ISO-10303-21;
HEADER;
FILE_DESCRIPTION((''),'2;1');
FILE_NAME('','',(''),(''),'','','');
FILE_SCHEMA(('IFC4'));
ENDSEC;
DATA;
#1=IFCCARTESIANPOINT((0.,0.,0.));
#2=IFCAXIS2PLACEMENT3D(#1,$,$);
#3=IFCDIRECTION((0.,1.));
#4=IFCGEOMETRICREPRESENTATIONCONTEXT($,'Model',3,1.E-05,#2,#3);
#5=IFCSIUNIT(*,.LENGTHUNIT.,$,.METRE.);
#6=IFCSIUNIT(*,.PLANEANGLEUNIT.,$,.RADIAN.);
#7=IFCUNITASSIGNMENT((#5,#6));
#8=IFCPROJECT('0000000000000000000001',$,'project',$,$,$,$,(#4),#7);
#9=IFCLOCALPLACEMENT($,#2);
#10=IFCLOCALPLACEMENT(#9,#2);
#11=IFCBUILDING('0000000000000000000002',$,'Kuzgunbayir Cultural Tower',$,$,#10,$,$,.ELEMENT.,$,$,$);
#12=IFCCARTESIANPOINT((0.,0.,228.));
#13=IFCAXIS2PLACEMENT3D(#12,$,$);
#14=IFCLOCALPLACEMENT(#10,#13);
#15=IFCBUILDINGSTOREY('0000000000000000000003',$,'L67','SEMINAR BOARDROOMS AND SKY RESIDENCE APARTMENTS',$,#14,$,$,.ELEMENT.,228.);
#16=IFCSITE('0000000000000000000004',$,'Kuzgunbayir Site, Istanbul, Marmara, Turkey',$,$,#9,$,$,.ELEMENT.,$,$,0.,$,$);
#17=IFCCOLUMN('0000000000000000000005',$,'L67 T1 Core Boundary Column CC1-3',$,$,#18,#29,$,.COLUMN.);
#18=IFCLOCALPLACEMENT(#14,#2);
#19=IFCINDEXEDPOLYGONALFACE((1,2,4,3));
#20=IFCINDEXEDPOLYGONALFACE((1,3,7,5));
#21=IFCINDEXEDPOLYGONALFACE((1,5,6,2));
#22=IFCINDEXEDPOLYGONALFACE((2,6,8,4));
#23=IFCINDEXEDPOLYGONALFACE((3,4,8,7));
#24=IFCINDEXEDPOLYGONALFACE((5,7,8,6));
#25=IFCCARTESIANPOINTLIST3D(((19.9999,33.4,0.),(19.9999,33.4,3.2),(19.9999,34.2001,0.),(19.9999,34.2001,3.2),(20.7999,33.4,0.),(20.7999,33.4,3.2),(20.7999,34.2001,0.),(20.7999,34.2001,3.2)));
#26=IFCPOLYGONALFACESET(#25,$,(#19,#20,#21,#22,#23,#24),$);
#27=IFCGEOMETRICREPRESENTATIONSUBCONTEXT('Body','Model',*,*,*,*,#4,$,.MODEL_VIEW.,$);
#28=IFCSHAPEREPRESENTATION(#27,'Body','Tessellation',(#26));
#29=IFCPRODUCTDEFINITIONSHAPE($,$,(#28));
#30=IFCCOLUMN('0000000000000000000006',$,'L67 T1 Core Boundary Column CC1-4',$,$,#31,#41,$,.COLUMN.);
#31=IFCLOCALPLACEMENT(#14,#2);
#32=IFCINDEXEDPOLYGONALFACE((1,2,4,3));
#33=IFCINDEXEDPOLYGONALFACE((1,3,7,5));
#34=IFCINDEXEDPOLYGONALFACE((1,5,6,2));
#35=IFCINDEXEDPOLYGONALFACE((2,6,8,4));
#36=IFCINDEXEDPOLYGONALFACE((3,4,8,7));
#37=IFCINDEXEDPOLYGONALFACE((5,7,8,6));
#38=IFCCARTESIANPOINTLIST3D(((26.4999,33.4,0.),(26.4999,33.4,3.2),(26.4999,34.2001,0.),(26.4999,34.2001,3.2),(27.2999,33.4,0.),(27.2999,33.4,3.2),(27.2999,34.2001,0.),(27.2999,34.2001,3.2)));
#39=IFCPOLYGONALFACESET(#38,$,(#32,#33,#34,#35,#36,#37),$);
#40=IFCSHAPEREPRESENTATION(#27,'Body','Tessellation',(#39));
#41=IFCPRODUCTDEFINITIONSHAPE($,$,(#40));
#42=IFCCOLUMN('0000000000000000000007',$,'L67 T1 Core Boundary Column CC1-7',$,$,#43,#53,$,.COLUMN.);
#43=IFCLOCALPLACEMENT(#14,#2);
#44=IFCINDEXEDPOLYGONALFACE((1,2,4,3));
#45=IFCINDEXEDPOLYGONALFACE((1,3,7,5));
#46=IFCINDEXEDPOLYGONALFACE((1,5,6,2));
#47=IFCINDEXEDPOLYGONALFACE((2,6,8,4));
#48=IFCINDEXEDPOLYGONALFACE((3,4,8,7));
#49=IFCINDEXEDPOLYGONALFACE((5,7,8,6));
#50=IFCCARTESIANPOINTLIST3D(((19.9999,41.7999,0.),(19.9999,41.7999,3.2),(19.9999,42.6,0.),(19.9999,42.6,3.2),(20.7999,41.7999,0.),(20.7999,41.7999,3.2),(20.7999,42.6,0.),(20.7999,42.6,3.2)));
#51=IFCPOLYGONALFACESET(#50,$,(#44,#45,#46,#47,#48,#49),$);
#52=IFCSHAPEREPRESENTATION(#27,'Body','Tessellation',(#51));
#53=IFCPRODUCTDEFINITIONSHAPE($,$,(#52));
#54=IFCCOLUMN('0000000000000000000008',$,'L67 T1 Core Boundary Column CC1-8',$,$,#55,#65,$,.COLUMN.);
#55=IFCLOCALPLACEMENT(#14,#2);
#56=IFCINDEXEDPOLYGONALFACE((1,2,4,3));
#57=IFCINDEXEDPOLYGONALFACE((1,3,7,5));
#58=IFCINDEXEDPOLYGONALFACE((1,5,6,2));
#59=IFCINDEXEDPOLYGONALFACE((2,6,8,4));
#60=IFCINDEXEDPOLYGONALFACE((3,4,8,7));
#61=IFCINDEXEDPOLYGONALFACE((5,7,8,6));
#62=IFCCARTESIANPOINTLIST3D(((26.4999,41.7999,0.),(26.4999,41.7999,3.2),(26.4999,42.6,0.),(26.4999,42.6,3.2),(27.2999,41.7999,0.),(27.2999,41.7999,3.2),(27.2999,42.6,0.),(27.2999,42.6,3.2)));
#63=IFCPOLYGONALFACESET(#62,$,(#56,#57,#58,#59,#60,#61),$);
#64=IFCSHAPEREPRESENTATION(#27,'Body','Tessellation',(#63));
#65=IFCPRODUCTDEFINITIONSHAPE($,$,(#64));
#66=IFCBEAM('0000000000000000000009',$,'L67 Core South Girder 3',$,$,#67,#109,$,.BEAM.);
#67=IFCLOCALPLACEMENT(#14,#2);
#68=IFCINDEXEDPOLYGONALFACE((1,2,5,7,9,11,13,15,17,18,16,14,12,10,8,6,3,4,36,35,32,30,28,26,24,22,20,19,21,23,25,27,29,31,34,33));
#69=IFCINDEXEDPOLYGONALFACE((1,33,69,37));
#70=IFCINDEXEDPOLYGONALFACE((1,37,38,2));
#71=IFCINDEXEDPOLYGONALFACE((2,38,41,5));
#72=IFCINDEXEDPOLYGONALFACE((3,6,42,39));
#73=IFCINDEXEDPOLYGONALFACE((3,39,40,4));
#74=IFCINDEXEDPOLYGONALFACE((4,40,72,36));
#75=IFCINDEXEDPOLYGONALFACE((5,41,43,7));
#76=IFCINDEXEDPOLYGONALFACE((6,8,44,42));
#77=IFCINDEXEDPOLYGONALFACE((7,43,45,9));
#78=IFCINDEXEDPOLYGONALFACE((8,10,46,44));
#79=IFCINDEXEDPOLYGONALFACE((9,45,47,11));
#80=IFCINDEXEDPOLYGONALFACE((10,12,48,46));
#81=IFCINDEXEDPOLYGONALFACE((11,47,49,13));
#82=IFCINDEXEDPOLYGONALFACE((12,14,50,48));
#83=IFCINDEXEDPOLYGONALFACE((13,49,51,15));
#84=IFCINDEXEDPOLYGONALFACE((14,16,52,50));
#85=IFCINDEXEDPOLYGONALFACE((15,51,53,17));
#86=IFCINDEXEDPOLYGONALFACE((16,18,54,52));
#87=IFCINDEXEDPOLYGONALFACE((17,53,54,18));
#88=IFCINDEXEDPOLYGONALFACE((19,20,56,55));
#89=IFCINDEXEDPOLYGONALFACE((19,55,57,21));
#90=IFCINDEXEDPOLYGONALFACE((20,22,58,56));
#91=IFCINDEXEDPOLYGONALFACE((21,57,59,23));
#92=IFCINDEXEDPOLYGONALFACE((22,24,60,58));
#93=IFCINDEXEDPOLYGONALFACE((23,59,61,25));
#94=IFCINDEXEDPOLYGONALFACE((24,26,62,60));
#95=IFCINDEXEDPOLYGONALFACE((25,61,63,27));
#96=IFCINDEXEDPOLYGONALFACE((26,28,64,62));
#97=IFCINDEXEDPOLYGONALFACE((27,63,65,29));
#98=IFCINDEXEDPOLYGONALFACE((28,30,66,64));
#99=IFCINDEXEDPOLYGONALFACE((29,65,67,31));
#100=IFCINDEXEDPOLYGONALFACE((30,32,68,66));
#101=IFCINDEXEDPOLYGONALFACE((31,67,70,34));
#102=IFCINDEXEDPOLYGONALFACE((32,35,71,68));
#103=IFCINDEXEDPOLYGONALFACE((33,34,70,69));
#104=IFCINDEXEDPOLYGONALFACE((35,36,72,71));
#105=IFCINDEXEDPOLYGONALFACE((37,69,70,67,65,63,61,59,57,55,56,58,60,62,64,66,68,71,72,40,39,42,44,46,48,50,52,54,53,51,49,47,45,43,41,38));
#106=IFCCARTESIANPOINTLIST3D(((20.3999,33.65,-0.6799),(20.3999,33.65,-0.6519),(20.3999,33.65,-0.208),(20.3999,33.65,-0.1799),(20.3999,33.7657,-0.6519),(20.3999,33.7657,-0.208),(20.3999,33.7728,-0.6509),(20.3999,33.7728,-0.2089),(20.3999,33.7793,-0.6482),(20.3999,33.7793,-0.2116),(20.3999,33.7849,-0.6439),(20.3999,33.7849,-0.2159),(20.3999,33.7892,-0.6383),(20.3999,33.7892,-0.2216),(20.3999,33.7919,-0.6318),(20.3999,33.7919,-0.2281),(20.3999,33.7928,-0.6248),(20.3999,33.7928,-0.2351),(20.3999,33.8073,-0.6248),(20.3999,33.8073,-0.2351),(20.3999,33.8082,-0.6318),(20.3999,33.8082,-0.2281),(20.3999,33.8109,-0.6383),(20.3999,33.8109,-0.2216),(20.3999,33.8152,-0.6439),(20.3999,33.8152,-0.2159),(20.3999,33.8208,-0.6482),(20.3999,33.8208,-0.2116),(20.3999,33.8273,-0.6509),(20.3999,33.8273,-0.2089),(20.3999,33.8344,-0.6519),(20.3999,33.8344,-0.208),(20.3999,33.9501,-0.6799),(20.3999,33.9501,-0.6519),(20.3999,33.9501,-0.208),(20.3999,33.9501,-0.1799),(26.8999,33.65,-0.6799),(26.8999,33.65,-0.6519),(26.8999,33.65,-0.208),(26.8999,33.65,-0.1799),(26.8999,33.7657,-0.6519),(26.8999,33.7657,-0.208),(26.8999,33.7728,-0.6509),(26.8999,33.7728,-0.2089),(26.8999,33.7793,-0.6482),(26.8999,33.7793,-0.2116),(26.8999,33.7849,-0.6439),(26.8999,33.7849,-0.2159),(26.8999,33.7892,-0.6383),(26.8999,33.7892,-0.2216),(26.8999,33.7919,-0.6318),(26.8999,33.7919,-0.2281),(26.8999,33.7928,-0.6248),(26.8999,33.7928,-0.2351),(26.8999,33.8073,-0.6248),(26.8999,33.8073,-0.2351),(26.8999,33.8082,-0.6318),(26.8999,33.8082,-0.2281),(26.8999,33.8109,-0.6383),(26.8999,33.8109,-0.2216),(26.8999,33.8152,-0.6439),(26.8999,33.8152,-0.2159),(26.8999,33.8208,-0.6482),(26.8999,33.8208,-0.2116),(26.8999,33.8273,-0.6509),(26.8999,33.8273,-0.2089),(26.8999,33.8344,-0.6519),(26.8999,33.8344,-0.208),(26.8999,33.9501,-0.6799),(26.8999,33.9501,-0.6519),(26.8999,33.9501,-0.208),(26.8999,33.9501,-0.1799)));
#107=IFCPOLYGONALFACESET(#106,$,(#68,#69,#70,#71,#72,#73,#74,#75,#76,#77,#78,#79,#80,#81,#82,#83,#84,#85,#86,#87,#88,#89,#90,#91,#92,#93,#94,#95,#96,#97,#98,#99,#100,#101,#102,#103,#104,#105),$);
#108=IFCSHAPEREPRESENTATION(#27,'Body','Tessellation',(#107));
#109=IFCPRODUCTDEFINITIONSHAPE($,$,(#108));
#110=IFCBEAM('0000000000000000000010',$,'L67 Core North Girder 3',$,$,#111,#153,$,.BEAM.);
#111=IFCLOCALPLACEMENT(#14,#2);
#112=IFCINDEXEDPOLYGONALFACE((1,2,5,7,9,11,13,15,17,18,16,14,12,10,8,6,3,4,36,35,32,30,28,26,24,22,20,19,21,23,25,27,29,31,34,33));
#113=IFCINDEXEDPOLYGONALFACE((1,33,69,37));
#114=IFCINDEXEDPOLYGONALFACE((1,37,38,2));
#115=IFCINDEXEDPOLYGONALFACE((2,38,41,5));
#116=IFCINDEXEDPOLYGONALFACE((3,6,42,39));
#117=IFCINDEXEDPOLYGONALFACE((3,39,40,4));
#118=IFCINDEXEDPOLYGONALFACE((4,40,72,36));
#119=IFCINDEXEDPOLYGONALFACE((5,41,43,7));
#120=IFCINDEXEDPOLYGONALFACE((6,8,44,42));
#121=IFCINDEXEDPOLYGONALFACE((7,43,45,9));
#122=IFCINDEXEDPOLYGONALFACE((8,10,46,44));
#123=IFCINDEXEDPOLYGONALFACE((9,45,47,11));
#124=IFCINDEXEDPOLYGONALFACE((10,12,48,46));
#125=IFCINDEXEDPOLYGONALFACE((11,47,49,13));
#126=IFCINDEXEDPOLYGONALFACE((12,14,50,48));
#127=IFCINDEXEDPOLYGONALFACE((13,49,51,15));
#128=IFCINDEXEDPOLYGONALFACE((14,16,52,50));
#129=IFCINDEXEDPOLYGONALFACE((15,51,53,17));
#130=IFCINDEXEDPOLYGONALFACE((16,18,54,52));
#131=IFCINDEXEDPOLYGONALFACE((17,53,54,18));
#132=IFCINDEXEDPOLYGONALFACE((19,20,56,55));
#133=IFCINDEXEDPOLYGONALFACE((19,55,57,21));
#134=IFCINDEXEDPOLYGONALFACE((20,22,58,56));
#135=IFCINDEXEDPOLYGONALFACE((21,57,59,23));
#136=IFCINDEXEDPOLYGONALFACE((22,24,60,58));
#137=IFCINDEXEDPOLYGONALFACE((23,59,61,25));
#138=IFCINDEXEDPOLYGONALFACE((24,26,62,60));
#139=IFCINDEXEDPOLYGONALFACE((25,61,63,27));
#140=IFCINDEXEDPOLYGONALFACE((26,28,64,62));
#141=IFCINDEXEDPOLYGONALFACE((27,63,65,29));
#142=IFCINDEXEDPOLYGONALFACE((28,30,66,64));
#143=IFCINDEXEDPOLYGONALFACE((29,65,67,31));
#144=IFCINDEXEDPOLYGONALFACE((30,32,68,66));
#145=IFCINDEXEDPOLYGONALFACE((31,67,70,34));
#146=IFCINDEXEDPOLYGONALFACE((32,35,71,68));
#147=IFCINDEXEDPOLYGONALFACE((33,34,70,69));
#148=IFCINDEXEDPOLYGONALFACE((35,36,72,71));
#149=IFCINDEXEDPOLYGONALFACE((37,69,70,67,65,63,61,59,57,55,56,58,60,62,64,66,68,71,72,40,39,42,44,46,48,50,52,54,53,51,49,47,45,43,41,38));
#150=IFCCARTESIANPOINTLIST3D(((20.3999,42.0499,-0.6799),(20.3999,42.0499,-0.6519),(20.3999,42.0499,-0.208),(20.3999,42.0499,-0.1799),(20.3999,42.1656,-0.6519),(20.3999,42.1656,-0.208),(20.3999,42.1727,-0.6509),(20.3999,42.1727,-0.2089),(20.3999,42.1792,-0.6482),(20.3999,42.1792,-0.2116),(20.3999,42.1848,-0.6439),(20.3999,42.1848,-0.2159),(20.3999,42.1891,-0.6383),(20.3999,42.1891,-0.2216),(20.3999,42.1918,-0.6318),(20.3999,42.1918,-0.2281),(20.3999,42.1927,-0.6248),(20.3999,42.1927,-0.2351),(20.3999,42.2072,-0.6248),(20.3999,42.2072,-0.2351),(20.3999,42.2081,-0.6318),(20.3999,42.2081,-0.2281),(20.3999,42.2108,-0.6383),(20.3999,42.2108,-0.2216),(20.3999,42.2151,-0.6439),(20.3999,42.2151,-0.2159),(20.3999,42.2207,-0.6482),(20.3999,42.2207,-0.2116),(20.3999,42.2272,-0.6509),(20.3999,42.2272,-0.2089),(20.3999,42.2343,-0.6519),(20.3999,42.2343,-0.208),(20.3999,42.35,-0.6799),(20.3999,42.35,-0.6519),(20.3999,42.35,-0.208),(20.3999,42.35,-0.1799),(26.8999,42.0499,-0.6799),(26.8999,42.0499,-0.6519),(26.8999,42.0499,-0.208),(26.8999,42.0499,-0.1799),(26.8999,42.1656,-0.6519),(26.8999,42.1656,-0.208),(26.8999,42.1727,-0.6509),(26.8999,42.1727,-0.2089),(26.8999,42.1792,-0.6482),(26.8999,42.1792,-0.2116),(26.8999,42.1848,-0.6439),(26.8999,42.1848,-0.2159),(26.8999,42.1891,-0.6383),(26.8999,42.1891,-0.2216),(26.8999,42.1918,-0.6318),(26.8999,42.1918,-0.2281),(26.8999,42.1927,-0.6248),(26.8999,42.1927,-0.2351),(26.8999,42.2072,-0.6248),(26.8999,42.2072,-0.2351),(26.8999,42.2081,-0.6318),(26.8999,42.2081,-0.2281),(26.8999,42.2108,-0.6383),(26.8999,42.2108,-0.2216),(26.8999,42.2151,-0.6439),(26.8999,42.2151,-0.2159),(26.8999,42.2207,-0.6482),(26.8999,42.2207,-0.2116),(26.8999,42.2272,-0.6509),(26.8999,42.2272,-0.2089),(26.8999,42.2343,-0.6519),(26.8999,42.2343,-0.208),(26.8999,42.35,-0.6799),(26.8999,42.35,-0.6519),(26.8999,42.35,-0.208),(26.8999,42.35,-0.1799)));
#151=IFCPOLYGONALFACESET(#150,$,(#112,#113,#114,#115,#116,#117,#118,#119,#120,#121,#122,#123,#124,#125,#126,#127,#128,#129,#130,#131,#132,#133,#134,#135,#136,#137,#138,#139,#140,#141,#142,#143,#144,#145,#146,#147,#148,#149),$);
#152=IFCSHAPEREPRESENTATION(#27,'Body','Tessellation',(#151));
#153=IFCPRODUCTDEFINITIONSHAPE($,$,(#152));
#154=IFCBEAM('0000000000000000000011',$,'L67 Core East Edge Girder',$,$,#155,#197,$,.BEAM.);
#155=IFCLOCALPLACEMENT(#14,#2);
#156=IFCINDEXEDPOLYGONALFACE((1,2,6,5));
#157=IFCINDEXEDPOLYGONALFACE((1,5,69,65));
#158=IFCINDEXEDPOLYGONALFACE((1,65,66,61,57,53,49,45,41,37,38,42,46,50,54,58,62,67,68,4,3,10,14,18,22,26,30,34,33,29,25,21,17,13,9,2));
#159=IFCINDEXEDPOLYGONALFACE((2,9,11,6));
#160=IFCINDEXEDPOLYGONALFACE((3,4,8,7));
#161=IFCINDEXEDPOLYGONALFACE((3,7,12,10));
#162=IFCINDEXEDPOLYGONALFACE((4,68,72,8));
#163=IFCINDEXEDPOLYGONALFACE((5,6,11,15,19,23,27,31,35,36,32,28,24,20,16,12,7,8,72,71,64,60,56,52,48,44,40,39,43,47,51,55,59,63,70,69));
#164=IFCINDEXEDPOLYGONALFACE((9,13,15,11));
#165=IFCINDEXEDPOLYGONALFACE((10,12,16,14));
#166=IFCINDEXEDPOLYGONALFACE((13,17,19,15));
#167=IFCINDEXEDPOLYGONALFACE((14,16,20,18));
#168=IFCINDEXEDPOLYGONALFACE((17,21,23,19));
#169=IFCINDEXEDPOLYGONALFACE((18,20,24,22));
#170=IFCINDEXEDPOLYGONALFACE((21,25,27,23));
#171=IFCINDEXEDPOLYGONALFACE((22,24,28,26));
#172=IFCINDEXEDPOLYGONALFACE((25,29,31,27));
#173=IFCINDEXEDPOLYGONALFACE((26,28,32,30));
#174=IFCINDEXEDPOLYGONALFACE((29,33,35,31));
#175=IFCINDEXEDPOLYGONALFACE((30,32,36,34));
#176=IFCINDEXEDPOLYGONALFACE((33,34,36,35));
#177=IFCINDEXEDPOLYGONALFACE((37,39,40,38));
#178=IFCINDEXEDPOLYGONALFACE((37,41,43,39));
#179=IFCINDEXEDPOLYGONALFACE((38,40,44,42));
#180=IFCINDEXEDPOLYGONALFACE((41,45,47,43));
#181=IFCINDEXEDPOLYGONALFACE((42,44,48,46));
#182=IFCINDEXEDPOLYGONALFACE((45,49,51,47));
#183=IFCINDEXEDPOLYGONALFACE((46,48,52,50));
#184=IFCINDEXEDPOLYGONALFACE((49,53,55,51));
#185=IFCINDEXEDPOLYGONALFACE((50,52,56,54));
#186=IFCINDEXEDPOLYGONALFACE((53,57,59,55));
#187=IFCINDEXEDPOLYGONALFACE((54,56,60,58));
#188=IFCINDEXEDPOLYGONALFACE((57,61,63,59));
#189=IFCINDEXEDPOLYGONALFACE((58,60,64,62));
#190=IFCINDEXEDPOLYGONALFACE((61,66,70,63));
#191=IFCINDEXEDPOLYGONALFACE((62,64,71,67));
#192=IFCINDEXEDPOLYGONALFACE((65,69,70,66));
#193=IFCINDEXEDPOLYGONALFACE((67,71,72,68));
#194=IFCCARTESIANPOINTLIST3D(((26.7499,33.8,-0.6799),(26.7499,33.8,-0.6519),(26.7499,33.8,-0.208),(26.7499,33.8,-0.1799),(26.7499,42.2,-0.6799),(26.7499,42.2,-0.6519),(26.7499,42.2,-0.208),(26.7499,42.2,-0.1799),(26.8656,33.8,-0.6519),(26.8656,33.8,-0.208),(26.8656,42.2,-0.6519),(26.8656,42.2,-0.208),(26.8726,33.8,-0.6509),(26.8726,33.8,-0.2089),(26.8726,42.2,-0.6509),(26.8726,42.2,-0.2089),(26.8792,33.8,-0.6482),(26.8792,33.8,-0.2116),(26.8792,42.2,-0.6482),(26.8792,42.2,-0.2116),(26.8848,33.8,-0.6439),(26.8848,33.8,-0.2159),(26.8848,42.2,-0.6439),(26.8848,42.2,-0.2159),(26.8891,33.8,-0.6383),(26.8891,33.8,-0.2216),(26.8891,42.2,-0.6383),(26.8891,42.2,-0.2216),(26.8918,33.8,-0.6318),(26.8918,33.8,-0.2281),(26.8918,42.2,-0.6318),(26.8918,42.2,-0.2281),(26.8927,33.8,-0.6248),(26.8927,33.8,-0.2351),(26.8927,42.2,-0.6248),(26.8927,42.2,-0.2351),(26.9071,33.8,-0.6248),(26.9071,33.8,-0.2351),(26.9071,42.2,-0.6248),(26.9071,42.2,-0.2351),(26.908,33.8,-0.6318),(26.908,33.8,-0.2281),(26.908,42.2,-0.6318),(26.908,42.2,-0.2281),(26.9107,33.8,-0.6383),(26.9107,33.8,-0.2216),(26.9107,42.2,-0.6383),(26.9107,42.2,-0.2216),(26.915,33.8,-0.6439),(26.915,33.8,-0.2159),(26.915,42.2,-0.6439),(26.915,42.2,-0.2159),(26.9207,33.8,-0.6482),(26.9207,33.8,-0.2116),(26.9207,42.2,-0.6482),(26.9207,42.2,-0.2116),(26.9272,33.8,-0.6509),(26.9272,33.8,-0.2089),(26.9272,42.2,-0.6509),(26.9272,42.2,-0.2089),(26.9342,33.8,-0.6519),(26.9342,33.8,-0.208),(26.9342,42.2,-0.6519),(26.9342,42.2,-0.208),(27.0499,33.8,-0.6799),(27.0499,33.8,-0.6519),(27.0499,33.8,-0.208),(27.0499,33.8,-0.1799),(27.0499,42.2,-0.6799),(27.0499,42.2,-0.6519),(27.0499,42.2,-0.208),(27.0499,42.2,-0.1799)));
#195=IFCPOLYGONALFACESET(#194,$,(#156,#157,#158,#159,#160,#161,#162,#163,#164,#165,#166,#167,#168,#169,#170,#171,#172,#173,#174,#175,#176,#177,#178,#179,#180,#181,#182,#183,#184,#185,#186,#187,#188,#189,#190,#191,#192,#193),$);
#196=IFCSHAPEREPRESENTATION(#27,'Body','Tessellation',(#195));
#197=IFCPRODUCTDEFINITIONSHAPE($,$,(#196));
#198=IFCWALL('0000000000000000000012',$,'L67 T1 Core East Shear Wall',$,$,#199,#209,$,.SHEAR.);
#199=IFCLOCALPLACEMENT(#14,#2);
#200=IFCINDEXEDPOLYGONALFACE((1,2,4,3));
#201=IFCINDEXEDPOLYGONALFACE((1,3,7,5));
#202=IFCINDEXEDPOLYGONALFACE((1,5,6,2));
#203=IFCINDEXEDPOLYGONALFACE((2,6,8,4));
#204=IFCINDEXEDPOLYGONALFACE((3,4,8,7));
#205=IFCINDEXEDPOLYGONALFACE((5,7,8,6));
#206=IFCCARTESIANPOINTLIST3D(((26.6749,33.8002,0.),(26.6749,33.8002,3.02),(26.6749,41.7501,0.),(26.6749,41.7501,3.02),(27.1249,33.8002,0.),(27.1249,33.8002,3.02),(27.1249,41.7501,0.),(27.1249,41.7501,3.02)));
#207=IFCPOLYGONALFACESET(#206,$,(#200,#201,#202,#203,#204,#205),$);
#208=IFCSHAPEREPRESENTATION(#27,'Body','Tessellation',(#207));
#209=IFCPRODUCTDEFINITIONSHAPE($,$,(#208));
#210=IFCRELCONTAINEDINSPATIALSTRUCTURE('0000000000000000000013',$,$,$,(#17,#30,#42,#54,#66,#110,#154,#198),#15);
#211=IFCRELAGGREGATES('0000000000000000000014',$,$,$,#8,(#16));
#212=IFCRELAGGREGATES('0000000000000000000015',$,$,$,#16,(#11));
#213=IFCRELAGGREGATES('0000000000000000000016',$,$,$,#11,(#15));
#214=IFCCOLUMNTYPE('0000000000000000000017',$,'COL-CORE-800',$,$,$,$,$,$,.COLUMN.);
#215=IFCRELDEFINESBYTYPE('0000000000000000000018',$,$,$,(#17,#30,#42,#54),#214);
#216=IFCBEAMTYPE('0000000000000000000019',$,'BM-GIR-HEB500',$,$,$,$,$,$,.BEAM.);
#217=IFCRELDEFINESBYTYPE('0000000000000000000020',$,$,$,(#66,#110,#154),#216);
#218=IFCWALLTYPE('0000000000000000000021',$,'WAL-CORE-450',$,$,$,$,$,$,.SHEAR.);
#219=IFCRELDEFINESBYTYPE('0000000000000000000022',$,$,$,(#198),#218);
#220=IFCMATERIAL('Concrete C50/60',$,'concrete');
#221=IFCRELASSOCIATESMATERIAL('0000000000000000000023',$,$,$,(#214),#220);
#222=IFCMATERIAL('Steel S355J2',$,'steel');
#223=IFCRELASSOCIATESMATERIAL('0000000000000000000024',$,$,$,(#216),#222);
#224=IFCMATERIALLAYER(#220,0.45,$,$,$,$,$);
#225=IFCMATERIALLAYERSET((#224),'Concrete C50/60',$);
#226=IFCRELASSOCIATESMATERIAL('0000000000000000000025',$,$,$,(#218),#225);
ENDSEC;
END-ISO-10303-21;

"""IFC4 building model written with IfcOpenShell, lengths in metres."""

from ifc_helpers import new_model, si_unit, direction, frame, frame_2d, origin, origin_2d, place, context, subcontext, project, spatial, rectangle, i_section, extrude, material, layer, layer_set, material_profile, profile_set, type_object, element, save


model = new_model("IFC4")

# Units and contexts
model_context = context("Model", 3, precision=1e-05, world=origin(), true_north=direction((0.0, 1.0)))
body_context = subcontext(model_context, "Body", "Model", "MODEL_VIEW")
ifc_project = project(units=[si_unit("LENGTHUNIT", "METRE"), si_unit("PLANEANGLEUNIT", "RADIAN")], contexts=[model_context])

# Site, building, storey
site_placement = place(None, origin())
site = spatial("IfcSite", under=ifc_project, at=site_placement, Name="Kuzgunbayir Site, Istanbul, Marmara, Turkey", CompositionType="ELEMENT", RefElevation=0.0)
building_placement = place(site_placement, origin())
building = spatial("IfcBuilding", under=site, at=building_placement, Name="Kuzgunbayir Cultural Tower", CompositionType="ELEMENT")
storey_placement = place(building_placement, frame((0.0, 0.0, 228.0)))
storey = spatial("IfcBuildingStorey", under=building, at=storey_placement, Name="L67", Description="SEMINAR BOARDROOMS AND SKY RESIDENCE APARTMENTS", CompositionType="ELEMENT", Elevation=228.0)

# Columns
ifc_material_1 = material(Name="Concrete C50/60", Category="concrete")
ifc_material_profile_1 = material_profile(ifc_material_1, rectangle(XDim=0.8, YDim=0.8, at=origin_2d()), Name="RC 800x800")
ifc_profile_set_1 = profile_set([ifc_material_profile_1], Name="Concrete C50/60")
column_type = type_object("IfcColumnType", Name="COL-CORE-800", PredefinedType="COLUMN", material=ifc_profile_set_1)
for number, where, z_axis, x_axis, name in (
    (1, (20.3999, 33.8, 0.0), (0.0, 0.0, 1.0), (1.0, 0.0, 0.0), "L67 T1 Core Boundary Column CC1-3"),
    (2, (26.8999, 33.8, 0.0), (0.0, 0.0, 1.0), (1.0, 0.0, 0.0), "L67 T1 Core Boundary Column CC1-4"),
    (3, (20.3999, 42.2, 0.0), (0.0, 0.0, 1.0), (1.0, 0.0, 0.0), "L67 T1 Core Boundary Column CC1-7"),
    (4, (26.8999, 42.2, 0.0), (0.0, 0.0, 1.0), (1.0, 0.0, 0.0), "L67 T1 Core Boundary Column CC1-8"),
):
    element("IfcColumn", number, at=place(storey_placement, frame(where, z_axis=z_axis, x_axis=x_axis)), inside=storey, type_object=column_type, Name=name, PredefinedType="COLUMN", context=body_context, shape_type="SweptSolid", body=[
        extrude(rectangle(XDim=0.8, YDim=0.8, at=origin_2d()), origin(), (0.0, 0.0, 1.0), 3.2),
    ])

# Beams
ifc_material_2 = material(Name="Steel S355J2", Category="steel")
ifc_material_profile_2 = material_profile(ifc_material_2, i_section(OverallWidth=0.3, OverallDepth=0.5, WebThickness=0.0144, FlangeThickness=0.0281, FilletRadius=0.0271, at=origin_2d()), Name="HEB 500")
ifc_profile_set_2 = profile_set([ifc_material_profile_2], Name="Steel S355J2")
beam_type = type_object("IfcBeamType", Name="BM-GIR-HEB500", PredefinedType="BEAM", material=ifc_profile_set_2)
for number, where, z_axis, x_axis, name in (
    (5, (20.3999, 33.8, -0.4299), (1.0, 0.0, 0.0), (0.0, 1.0, 0.0), "L67 Core South Girder 3"),
    (6, (20.3999, 42.2, -0.4299), (1.0, 0.0, 0.0), (0.0, 1.0, 0.0), "L67 Core North Girder 3"),
):
    element("IfcBeam", number, at=place(storey_placement, frame(where, z_axis=z_axis, x_axis=x_axis)), inside=storey, type_object=beam_type, Name=name, PredefinedType="BEAM", context=body_context, shape_type="SweptSolid", body=[
        extrude(i_section(OverallWidth=0.3, OverallDepth=0.5, WebThickness=0.0144, FlangeThickness=0.0281, FilletRadius=0.0271, at=origin_2d()), origin(), (0.0, 0.0, 1.0), 6.5),
    ])
beam_placement = place(storey_placement, frame((26.8999, 33.8, -0.4299), z_axis=(0.0, 1.0, 0.0), x_axis=(-1.0, 0.0, 0.0)))
element("IfcBeam", 7, at=beam_placement, inside=storey, type_object=beam_type, Name="L67 Core East Edge Girder", PredefinedType="BEAM", context=body_context, shape_type="SweptSolid", body=[
    extrude(i_section(OverallWidth=0.3, OverallDepth=0.5, WebThickness=0.0144, FlangeThickness=0.0281, FilletRadius=0.0271, at=origin_2d()), origin(), (0.0, 0.0, 1.0), 8.3999),
])

# Wall
ifc_layer_1 = layer(ifc_material_1, 0.45)
ifc_layer_set_1 = layer_set([ifc_layer_1], Name="Concrete C50/60")
wall_type_1 = type_object("IfcWallType", Name="WAL-CORE-450", PredefinedType="SHEAR", material=ifc_layer_set_1)
wall_1_placement = place(storey_placement, frame((26.8999, 33.8, 0.0), z_axis=(0.0, 0.0, 1.0), x_axis=(0.0, 1.0, 0.0)))
element("IfcWall", 8, at=wall_1_placement, inside=storey, type_object=wall_type_1, Name="L67 T1 Core East Shear Wall", PredefinedType="SHEAR", context=body_context, shape_type="SweptSolid", body=[
    extrude(rectangle(XDim=7.95, YDim=0.45, at=frame_2d((3.9751, 0.0))), origin(), (0.0, 0.0, 1.0), 3.02),
])

save(model, "model.ifc")
